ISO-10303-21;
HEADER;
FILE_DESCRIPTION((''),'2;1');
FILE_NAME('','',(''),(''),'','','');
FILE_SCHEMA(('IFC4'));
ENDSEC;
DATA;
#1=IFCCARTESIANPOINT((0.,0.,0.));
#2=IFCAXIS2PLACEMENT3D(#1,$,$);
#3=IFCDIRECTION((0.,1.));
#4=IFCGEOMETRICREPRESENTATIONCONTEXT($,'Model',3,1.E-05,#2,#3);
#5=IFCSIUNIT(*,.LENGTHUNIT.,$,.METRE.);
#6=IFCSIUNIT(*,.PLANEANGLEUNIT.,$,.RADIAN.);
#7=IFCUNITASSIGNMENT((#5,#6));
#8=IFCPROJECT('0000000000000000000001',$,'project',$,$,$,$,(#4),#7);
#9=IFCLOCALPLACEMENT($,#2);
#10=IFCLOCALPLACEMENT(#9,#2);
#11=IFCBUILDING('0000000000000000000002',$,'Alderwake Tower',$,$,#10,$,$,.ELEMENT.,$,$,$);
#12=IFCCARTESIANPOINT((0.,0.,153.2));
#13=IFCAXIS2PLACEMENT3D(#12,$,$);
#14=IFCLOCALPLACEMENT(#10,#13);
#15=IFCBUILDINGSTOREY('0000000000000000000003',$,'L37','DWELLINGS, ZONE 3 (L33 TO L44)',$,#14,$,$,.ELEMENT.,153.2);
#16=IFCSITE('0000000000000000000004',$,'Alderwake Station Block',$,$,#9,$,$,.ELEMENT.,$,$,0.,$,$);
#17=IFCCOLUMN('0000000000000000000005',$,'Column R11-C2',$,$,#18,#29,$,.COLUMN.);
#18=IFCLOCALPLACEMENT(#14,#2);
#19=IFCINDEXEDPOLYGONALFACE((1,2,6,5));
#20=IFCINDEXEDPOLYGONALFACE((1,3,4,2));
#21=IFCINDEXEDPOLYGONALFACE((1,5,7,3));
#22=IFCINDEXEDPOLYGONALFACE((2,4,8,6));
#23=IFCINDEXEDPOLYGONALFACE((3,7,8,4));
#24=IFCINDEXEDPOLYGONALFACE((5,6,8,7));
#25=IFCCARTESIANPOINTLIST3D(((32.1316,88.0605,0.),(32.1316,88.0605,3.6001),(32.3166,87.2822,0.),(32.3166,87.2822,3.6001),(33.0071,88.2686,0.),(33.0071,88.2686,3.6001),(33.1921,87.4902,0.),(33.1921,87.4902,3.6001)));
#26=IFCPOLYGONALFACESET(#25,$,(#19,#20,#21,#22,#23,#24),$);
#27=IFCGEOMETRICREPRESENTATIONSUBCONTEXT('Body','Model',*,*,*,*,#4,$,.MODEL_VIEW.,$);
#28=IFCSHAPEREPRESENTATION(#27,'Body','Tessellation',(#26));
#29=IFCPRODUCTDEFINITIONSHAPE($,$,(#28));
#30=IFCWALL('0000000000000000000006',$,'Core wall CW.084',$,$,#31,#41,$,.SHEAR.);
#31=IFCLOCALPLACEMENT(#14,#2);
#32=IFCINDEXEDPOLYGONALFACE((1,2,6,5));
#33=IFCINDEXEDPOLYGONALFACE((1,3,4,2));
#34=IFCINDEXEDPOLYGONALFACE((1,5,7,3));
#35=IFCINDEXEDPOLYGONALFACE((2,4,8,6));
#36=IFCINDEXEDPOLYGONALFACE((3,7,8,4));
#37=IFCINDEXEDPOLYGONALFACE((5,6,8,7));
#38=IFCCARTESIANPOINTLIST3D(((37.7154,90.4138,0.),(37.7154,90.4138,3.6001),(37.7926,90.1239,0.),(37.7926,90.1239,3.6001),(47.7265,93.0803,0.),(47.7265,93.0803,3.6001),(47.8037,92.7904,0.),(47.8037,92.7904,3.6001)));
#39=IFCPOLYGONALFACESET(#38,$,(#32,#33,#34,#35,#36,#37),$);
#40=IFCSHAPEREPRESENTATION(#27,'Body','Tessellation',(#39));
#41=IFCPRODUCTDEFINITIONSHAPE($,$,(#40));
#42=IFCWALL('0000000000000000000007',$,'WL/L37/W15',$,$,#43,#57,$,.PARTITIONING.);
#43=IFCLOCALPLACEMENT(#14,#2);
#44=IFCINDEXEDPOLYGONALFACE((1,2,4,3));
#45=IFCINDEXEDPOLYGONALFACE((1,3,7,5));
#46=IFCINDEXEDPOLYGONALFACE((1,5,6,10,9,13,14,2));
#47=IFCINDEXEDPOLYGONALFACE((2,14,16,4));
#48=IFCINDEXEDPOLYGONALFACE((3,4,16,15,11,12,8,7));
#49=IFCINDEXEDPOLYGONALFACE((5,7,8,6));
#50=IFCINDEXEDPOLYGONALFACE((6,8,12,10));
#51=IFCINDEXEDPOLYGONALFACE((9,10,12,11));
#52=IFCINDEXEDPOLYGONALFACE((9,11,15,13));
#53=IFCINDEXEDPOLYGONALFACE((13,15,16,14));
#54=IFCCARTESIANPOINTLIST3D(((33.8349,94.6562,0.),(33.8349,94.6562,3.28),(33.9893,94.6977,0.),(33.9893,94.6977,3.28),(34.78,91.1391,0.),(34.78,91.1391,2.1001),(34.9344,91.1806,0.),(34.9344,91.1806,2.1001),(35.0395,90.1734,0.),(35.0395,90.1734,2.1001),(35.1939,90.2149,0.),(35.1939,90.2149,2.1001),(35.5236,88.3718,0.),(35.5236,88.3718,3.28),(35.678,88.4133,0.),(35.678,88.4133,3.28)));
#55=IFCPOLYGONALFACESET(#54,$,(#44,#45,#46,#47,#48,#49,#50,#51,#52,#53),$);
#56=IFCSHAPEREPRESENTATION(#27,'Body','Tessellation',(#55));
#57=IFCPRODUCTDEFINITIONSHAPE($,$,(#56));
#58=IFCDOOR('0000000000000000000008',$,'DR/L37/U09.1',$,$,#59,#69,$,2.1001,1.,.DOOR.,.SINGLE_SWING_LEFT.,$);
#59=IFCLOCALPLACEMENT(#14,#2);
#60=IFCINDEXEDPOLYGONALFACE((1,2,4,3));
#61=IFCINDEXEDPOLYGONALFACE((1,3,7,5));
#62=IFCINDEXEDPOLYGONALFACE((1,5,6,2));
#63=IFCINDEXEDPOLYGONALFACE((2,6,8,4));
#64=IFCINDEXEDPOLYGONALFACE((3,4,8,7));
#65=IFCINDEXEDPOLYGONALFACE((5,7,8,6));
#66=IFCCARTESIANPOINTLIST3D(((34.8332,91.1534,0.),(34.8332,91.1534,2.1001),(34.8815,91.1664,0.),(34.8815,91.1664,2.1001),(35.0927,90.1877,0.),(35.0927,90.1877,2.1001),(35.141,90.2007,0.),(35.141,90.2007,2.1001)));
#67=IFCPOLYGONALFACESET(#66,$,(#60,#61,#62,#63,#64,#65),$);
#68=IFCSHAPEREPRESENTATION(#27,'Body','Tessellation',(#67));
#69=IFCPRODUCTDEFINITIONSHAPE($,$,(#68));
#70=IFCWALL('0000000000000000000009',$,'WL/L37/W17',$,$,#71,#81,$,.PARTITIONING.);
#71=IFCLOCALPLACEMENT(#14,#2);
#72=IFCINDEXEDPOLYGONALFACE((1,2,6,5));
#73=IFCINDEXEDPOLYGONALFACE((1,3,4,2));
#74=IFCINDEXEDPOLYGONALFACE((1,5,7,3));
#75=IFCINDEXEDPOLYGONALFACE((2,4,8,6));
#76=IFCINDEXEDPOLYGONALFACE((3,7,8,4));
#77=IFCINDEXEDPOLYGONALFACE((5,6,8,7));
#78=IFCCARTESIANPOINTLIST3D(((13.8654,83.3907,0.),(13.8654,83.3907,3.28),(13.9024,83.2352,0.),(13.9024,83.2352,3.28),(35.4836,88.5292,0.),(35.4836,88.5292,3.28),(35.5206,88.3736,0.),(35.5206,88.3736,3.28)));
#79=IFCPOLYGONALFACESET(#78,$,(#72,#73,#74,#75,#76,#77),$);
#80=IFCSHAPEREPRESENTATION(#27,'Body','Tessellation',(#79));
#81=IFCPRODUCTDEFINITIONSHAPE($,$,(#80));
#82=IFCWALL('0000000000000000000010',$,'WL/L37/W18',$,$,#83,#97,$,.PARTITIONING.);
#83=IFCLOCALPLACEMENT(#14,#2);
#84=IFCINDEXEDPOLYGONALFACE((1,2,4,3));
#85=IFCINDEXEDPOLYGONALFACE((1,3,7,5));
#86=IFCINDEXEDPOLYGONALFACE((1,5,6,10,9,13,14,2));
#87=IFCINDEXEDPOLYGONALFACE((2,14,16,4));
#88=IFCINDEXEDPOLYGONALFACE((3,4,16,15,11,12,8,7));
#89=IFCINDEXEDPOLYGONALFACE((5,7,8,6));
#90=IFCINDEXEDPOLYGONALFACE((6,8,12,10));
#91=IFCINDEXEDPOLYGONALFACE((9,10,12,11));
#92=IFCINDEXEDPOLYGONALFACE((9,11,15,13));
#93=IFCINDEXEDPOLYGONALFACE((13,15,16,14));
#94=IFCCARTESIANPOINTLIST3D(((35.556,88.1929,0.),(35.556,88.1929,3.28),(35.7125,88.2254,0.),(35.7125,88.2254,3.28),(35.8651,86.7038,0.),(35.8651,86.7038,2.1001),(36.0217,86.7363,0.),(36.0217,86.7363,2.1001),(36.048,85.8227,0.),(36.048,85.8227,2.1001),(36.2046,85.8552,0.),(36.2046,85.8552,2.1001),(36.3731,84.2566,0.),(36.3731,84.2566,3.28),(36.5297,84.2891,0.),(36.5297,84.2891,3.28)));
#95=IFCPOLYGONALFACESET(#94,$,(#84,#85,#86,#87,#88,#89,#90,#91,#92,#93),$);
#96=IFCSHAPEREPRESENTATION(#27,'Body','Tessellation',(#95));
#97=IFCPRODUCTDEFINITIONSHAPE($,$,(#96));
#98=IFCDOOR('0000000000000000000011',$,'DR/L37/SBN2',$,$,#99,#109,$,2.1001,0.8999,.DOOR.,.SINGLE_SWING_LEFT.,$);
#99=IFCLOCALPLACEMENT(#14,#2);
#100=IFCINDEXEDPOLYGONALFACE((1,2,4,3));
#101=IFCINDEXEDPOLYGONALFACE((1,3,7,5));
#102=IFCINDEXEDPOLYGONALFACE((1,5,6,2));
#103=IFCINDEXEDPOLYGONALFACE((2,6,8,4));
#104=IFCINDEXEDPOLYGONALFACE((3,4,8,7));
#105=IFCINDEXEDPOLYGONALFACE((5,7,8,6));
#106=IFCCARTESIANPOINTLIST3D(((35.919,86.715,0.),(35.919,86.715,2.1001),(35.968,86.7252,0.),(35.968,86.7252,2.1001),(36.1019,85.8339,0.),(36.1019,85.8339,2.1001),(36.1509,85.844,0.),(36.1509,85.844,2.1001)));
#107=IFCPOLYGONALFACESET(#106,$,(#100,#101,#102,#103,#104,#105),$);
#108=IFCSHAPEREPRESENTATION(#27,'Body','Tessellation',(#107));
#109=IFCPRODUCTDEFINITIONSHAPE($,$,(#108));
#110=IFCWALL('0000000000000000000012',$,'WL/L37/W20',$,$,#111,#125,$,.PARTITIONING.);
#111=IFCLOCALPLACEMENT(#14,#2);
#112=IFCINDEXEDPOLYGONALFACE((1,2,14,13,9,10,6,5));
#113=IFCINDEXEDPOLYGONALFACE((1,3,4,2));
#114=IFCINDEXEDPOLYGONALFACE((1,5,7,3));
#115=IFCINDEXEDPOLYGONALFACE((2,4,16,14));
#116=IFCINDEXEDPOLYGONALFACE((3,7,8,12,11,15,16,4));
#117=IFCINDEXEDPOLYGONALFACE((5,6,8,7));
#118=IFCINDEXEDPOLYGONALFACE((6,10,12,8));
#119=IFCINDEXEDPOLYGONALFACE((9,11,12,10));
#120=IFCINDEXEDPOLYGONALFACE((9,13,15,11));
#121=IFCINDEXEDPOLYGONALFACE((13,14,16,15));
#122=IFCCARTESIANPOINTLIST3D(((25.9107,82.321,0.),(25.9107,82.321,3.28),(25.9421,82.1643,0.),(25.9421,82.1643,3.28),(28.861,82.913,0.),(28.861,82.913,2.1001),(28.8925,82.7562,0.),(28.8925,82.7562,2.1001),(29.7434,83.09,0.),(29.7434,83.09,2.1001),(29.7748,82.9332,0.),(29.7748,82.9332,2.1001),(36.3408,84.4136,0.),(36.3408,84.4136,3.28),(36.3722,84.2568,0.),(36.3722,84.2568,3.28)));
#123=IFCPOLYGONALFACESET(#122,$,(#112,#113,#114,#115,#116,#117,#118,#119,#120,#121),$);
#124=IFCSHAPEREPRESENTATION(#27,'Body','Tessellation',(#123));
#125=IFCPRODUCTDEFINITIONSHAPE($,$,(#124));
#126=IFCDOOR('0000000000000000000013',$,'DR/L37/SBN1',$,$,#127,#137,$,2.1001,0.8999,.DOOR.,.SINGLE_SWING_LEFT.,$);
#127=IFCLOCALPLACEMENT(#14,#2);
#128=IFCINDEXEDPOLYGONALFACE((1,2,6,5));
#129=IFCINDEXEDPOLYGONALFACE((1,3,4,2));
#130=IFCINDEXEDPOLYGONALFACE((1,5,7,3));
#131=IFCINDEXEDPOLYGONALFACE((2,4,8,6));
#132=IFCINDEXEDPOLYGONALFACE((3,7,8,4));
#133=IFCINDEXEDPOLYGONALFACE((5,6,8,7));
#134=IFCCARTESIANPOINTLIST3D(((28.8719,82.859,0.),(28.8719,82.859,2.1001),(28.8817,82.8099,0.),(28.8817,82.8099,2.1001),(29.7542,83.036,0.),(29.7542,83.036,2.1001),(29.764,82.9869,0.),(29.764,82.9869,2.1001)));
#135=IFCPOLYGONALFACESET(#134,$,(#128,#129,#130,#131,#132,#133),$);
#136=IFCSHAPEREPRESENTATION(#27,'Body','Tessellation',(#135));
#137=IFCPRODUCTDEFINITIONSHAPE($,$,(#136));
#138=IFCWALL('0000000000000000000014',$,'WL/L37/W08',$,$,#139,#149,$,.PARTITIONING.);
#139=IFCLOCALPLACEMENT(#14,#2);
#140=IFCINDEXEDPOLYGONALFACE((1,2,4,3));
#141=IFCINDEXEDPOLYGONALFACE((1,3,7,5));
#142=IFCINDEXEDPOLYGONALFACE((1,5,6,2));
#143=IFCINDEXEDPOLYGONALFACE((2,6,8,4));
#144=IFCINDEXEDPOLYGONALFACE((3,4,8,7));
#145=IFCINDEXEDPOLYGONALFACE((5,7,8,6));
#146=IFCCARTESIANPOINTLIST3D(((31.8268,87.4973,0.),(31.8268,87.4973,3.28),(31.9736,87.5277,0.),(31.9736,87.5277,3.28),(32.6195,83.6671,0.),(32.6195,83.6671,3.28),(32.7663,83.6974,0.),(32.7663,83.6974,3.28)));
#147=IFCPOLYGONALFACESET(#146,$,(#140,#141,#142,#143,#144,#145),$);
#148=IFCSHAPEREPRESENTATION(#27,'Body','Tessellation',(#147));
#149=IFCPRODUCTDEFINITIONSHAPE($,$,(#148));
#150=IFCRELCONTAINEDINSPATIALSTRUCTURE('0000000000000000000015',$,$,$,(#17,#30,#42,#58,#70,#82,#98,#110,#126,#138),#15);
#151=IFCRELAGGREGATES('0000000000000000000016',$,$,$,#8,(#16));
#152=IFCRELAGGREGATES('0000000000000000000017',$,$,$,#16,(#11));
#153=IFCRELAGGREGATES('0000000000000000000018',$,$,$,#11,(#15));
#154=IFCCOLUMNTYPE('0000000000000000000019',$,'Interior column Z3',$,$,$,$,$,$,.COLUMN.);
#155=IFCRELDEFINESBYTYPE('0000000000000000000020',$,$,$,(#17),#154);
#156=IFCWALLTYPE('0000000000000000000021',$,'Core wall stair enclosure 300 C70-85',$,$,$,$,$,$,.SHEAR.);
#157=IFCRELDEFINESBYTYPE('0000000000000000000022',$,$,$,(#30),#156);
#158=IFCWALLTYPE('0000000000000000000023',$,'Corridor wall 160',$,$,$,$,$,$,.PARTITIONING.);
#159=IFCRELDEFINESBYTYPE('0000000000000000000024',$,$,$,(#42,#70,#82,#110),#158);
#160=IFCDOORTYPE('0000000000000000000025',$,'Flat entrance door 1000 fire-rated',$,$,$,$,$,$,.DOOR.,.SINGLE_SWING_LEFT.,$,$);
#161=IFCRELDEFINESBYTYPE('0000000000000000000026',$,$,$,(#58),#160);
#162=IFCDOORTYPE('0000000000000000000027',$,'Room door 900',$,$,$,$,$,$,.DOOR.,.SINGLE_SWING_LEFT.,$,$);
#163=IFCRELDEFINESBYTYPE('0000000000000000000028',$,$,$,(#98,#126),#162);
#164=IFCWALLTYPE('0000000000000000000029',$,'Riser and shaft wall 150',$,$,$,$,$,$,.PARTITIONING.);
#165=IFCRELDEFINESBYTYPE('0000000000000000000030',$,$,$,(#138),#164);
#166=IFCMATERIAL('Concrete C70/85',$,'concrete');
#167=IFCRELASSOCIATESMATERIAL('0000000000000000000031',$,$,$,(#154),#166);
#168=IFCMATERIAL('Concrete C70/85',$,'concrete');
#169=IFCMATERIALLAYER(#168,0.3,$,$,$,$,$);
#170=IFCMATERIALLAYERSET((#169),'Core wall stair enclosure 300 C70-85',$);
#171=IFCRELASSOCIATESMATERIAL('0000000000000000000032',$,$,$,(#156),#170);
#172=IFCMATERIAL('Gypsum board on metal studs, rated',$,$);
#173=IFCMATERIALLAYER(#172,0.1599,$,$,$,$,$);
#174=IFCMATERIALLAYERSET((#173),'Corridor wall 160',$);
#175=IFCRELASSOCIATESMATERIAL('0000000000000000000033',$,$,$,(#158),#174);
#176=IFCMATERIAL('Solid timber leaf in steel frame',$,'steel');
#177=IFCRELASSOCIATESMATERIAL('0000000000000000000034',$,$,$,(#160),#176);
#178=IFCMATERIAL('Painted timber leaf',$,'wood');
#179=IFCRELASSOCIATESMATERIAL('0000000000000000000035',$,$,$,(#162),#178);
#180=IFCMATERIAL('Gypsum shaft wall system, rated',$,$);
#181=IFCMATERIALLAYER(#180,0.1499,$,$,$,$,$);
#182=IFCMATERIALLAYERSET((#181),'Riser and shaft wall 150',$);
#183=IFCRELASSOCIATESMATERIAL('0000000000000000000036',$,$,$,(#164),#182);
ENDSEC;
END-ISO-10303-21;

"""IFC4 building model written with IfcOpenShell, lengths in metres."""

from ifc_helpers import new_model, si_unit, direction, frame, frame_2d, origin, origin_2d, place, context, subcontext, project, spatial, rectangle, extrude, material, layer, layer_set, material_profile, profile_set, type_object, element, fill, save


model = new_model("IFC4")

# Units and contexts
model_context = context("Model", 3, precision=1e-05, world=origin(), true_north=direction((0.0, 1.0)))
body_context = subcontext(model_context, "Body", "Model", "MODEL_VIEW")
ifc_project = project(units=[si_unit("LENGTHUNIT", "METRE"), si_unit("PLANEANGLEUNIT", "RADIAN")], contexts=[model_context])

# Site, building, storey
site_placement = place(None, origin())
site = spatial("IfcSite", under=ifc_project, at=site_placement, Name="Alderwake Station Block", CompositionType="ELEMENT", RefElevation=0.0)
building_placement = place(site_placement, origin())
building = spatial("IfcBuilding", under=site, at=building_placement, Name="Alderwake Tower", CompositionType="ELEMENT")
storey_placement = place(building_placement, frame((0.0, 0.0, 153.2)))
storey = spatial("IfcBuildingStorey", under=building, at=storey_placement, Name="L37", Description="DWELLINGS, ZONE 3 (L33 TO L44)", CompositionType="ELEMENT", Elevation=153.2)

# Column
ifc_material_1 = material(Name="Concrete C70/85", Category="concrete")
ifc_material_profile = material_profile(ifc_material_1, rectangle(XDim=0.8, YDim=0.8999, at=origin_2d()), Name="RC 900X800")
ifc_profile_set = profile_set([ifc_material_profile], Name="Concrete C70/85")
column_type = type_object("IfcColumnType", Name="Interior column Z3", PredefinedType="COLUMN", material=ifc_profile_set)
column_placement = place(storey_placement, frame((32.6619, 87.7754, 0.0), z_axis=(0.0, 0.0, 1.0), x_axis=(-0.231222, 0.972901, 0.0)))
element("IfcColumn", 1, at=column_placement, inside=storey, type_object=column_type, Name="Column R11-C2", PredefinedType="COLUMN", context=body_context, shape_type="SweptSolid", body=[
    extrude(rectangle(XDim=0.8, YDim=0.8999, at=origin_2d()), origin(), (0.0, 0.0, 1.0), 3.6001),
])

# Wall
ifc_material_2 = material(Name="Concrete C70/85", Category="concrete")
ifc_layer_1 = layer(ifc_material_2, 0.3)
ifc_layer_set_1 = layer_set([ifc_layer_1], Name="Core wall stair enclosure 300 C70-85")
wall_type_1 = type_object("IfcWallType", Name="Core wall stair enclosure 300 C70-85", PredefinedType="SHEAR", material=ifc_layer_set_1)
wall_1_placement = place(storey_placement, frame((37.7539, 90.2688, 0.0), z_axis=(0.0, 0.0, 1.0), x_axis=(0.966309, 0.257384, 0.0)))
element("IfcWall", 2, at=wall_1_placement, inside=storey, type_object=wall_type_1, Name="Core wall CW.084", PredefinedType="SHEAR", context=body_context, shape_type="SweptSolid", body=[
    extrude(rectangle(XDim=10.3601, YDim=0.3, at=frame_2d((5.1802, 0.0))), origin(), (0.0, 0.0, 1.0), 3.6001),
])

# Wall, opening, door
ifc_material_3 = material(Name="Gypsum board on metal studs, rated")
ifc_layer_2 = layer(ifc_material_3, 0.1599)
ifc_layer_set_2 = layer_set([ifc_layer_2], Name="Corridor wall 160")
wall_type_2 = type_object("IfcWallType", Name="Corridor wall 160", PredefinedType="PARTITIONING", material=ifc_layer_set_2)
wall_2_placement = place(storey_placement, frame((35.6008, 88.3926, 0.0), z_axis=(0.0, 0.0, 1.0), x_axis=(-0.259509, 0.965741, 0.0)))
wall_2 = element("IfcWall", 3, at=wall_2_placement, inside=storey, type_object=wall_type_2, Name="WL/L37/W15", PredefinedType="PARTITIONING", context=body_context, shape_type="SweptSolid", body=[
    extrude(rectangle(XDim=6.5073, YDim=0.1599, at=frame_2d((3.2537, 0.0))), origin(), (0.0, 0.0, 1.0), 3.28),
])
opening_1_placement = place(wall_2_placement, frame((1.8655, 0.0, 0.0)))
opening_1 = element("IfcOpeningElement", 4, at=opening_1_placement, cuts=wall_2, PredefinedType="OPENING", context=body_context, shape_type="SweptSolid", body=[
    extrude(rectangle(XDim=1.0, YDim=2.1001, at=frame_2d((0.5, 1.05))), frame((0.0, 0.0898, 0.0), z_axis=(0.0, -1.0, 0.0), x_axis=(1.0, 0.0, 0.0)), (0.0, 0.0, 1.0), 0.1799),
])
ifc_material_4 = material(Name="Solid timber leaf in steel frame", Category="steel")
door_type_1 = type_object("IfcDoorType", Name="Flat entrance door 1000 fire-rated", OperationType="SINGLE_SWING_LEFT", PredefinedType="DOOR", material=ifc_material_4)
door_1_placement = place(opening_1_placement, origin())
door_1 = element("IfcDoor", 5, at=door_1_placement, inside=storey, type_object=door_type_1, Name="DR/L37/U09.1", OperationType="SINGLE_SWING_LEFT", OverallHeight=2.1001, OverallWidth=1.0, PredefinedType="DOOR", context=body_context, shape_type="SweptSolid", body=[
    extrude(rectangle(XDim=1.0, YDim=2.1001, at=frame_2d((0.5, 1.05))), frame((0.0, 0.0249, 0.0), z_axis=(0.0, -1.0, 0.0), x_axis=(1.0, 0.0, 0.0)), (0.0, 0.0, 1.0), 0.05),
])
fill(opening_1, door_1)

# Wall
wall_3_placement = place(storey_placement, frame((35.5022, 88.4514, 0.0), z_axis=(0.0, 0.0, 1.0), x_axis=(-0.972895, -0.231248, 0.0)))
element("IfcWall", 6, at=wall_3_placement, inside=storey, type_object=wall_type_2, Name="WL/L37/W17", PredefinedType="PARTITIONING", context=body_context, shape_type="SweptSolid", body=[
    extrude(rectangle(XDim=22.2205, YDim=0.1599, at=frame_2d((11.1104, 0.0))), origin(), (0.0, 0.0, 1.0), 3.28),
])

# Walls, openings, doors
wall_4_placement = place(storey_placement, frame((36.4514, 84.2727, 0.0), z_axis=(0.0, 0.0, 1.0), x_axis=(-0.203258, 0.979125, 0.0)))
wall_4 = element("IfcWall", 7, at=wall_4_placement, inside=storey, type_object=wall_type_2, Name="WL/L37/W18", PredefinedType="PARTITIONING", context=body_context, shape_type="SweptSolid", body=[
    extrude(rectangle(XDim=4.0203, YDim=0.1599, at=frame_2d((2.0103, 0.0))), origin(), (0.0, 0.0, 1.0), 3.28),
])
opening_2_placement = place(wall_4_placement, frame((1.5996, 0.0, 0.0)))
opening_2 = element("IfcOpeningElement", 8, at=opening_2_placement, cuts=wall_4, PredefinedType="OPENING", context=body_context, shape_type="SweptSolid", body=[
    extrude(rectangle(XDim=0.8999, YDim=2.1001, at=frame_2d((0.45, 1.05))), frame((0.0, 0.0898, 0.0), z_axis=(0.0, -1.0, 0.0), x_axis=(1.0, 0.0, 0.0)), (0.0, 0.0, 1.0), 0.1799),
])
ifc_material_5 = material(Name="Painted timber leaf", Category="wood")
door_type_2 = type_object("IfcDoorType", Name="Room door 900", OperationType="SINGLE_SWING_LEFT", PredefinedType="DOOR", material=ifc_material_5)
door_2_placement = place(opening_2_placement, origin())
door_2 = element("IfcDoor", 9, at=door_2_placement, inside=storey, type_object=door_type_2, Name="DR/L37/SBN2", OperationType="SINGLE_SWING_LEFT", OverallHeight=2.1001, OverallWidth=0.8999, PredefinedType="DOOR", context=body_context, shape_type="SweptSolid", body=[
    extrude(rectangle(XDim=0.8999, YDim=2.1001, at=frame_2d((0.45, 1.05))), frame((0.0, 0.0249, 0.0), z_axis=(0.0, -1.0, 0.0), x_axis=(1.0, 0.0, 0.0)), (0.0, 0.0, 1.0), 0.05),
])
fill(opening_2, door_2)
wall_5_placement = place(storey_placement, frame((25.9265, 82.2427, 0.0), z_axis=(0.0, 0.0, 1.0), x_axis=(0.980463, 0.196703, 0.0)))
wall_5 = element("IfcWall", 10, at=wall_5_placement, inside=storey, type_object=wall_type_2, Name="WL/L37/W20", PredefinedType="PARTITIONING", context=body_context, shape_type="SweptSolid", body=[
    extrude(rectangle(XDim=10.6379, YDim=0.1599, at=frame_2d((5.3188, 0.0))), origin(), (0.0, 0.0, 1.0), 3.28),
])
opening_3_placement = place(wall_5_placement, frame((3.009, 0.0, 0.0)))
opening_3 = element("IfcOpeningElement", 11, at=opening_3_placement, cuts=wall_5, PredefinedType="OPENING", context=body_context, shape_type="SweptSolid", body=[
    extrude(rectangle(XDim=0.8999, YDim=2.1001, at=frame_2d((0.45, 1.05))), frame((0.0, 0.0898, 0.0), z_axis=(0.0, -1.0, 0.0), x_axis=(1.0, 0.0, 0.0)), (0.0, 0.0, 1.0), 0.1799),
])
door_3_placement = place(opening_3_placement, origin())
door_3 = element("IfcDoor", 12, at=door_3_placement, inside=storey, type_object=door_type_2, Name="DR/L37/SBN1", OperationType="SINGLE_SWING_LEFT", OverallHeight=2.1001, OverallWidth=0.8999, PredefinedType="DOOR", context=body_context, shape_type="SweptSolid", body=[
    extrude(rectangle(XDim=0.8999, YDim=2.1001, at=frame_2d((0.45, 1.05))), frame((0.0, 0.0249, 0.0), z_axis=(0.0, -1.0, 0.0), x_axis=(1.0, 0.0, 0.0)), (0.0, 0.0, 1.0), 0.05),
])
fill(opening_3, door_3)

# Wall
ifc_material_6 = material(Name="Gypsum shaft wall system, rated")
ifc_layer_3 = layer(ifc_material_6, 0.1499)
ifc_layer_set_3 = layer_set([ifc_layer_3], Name="Riser and shaft wall 150")
wall_type_3 = type_object("IfcWallType", Name="Riser and shaft wall 150", PredefinedType="PARTITIONING", material=ifc_layer_set_3)
wall_6_placement = place(storey_placement, frame((32.6929, 83.6824, 0.0), z_axis=(0.0, 0.0, 1.0), x_axis=(-0.202665, 0.979248, 0.0)))
element("IfcWall", 13, at=wall_6_placement, inside=storey, type_object=wall_type_3, Name="WL/L37/W08", PredefinedType="PARTITIONING", context=body_context, shape_type="SweptSolid", body=[
    extrude(rectangle(XDim=3.9114, YDim=0.1499, at=frame_2d((1.9556, 0.0))), origin(), (0.0, 0.0, 1.0), 3.28),
])

save(model, "model.ifc")
